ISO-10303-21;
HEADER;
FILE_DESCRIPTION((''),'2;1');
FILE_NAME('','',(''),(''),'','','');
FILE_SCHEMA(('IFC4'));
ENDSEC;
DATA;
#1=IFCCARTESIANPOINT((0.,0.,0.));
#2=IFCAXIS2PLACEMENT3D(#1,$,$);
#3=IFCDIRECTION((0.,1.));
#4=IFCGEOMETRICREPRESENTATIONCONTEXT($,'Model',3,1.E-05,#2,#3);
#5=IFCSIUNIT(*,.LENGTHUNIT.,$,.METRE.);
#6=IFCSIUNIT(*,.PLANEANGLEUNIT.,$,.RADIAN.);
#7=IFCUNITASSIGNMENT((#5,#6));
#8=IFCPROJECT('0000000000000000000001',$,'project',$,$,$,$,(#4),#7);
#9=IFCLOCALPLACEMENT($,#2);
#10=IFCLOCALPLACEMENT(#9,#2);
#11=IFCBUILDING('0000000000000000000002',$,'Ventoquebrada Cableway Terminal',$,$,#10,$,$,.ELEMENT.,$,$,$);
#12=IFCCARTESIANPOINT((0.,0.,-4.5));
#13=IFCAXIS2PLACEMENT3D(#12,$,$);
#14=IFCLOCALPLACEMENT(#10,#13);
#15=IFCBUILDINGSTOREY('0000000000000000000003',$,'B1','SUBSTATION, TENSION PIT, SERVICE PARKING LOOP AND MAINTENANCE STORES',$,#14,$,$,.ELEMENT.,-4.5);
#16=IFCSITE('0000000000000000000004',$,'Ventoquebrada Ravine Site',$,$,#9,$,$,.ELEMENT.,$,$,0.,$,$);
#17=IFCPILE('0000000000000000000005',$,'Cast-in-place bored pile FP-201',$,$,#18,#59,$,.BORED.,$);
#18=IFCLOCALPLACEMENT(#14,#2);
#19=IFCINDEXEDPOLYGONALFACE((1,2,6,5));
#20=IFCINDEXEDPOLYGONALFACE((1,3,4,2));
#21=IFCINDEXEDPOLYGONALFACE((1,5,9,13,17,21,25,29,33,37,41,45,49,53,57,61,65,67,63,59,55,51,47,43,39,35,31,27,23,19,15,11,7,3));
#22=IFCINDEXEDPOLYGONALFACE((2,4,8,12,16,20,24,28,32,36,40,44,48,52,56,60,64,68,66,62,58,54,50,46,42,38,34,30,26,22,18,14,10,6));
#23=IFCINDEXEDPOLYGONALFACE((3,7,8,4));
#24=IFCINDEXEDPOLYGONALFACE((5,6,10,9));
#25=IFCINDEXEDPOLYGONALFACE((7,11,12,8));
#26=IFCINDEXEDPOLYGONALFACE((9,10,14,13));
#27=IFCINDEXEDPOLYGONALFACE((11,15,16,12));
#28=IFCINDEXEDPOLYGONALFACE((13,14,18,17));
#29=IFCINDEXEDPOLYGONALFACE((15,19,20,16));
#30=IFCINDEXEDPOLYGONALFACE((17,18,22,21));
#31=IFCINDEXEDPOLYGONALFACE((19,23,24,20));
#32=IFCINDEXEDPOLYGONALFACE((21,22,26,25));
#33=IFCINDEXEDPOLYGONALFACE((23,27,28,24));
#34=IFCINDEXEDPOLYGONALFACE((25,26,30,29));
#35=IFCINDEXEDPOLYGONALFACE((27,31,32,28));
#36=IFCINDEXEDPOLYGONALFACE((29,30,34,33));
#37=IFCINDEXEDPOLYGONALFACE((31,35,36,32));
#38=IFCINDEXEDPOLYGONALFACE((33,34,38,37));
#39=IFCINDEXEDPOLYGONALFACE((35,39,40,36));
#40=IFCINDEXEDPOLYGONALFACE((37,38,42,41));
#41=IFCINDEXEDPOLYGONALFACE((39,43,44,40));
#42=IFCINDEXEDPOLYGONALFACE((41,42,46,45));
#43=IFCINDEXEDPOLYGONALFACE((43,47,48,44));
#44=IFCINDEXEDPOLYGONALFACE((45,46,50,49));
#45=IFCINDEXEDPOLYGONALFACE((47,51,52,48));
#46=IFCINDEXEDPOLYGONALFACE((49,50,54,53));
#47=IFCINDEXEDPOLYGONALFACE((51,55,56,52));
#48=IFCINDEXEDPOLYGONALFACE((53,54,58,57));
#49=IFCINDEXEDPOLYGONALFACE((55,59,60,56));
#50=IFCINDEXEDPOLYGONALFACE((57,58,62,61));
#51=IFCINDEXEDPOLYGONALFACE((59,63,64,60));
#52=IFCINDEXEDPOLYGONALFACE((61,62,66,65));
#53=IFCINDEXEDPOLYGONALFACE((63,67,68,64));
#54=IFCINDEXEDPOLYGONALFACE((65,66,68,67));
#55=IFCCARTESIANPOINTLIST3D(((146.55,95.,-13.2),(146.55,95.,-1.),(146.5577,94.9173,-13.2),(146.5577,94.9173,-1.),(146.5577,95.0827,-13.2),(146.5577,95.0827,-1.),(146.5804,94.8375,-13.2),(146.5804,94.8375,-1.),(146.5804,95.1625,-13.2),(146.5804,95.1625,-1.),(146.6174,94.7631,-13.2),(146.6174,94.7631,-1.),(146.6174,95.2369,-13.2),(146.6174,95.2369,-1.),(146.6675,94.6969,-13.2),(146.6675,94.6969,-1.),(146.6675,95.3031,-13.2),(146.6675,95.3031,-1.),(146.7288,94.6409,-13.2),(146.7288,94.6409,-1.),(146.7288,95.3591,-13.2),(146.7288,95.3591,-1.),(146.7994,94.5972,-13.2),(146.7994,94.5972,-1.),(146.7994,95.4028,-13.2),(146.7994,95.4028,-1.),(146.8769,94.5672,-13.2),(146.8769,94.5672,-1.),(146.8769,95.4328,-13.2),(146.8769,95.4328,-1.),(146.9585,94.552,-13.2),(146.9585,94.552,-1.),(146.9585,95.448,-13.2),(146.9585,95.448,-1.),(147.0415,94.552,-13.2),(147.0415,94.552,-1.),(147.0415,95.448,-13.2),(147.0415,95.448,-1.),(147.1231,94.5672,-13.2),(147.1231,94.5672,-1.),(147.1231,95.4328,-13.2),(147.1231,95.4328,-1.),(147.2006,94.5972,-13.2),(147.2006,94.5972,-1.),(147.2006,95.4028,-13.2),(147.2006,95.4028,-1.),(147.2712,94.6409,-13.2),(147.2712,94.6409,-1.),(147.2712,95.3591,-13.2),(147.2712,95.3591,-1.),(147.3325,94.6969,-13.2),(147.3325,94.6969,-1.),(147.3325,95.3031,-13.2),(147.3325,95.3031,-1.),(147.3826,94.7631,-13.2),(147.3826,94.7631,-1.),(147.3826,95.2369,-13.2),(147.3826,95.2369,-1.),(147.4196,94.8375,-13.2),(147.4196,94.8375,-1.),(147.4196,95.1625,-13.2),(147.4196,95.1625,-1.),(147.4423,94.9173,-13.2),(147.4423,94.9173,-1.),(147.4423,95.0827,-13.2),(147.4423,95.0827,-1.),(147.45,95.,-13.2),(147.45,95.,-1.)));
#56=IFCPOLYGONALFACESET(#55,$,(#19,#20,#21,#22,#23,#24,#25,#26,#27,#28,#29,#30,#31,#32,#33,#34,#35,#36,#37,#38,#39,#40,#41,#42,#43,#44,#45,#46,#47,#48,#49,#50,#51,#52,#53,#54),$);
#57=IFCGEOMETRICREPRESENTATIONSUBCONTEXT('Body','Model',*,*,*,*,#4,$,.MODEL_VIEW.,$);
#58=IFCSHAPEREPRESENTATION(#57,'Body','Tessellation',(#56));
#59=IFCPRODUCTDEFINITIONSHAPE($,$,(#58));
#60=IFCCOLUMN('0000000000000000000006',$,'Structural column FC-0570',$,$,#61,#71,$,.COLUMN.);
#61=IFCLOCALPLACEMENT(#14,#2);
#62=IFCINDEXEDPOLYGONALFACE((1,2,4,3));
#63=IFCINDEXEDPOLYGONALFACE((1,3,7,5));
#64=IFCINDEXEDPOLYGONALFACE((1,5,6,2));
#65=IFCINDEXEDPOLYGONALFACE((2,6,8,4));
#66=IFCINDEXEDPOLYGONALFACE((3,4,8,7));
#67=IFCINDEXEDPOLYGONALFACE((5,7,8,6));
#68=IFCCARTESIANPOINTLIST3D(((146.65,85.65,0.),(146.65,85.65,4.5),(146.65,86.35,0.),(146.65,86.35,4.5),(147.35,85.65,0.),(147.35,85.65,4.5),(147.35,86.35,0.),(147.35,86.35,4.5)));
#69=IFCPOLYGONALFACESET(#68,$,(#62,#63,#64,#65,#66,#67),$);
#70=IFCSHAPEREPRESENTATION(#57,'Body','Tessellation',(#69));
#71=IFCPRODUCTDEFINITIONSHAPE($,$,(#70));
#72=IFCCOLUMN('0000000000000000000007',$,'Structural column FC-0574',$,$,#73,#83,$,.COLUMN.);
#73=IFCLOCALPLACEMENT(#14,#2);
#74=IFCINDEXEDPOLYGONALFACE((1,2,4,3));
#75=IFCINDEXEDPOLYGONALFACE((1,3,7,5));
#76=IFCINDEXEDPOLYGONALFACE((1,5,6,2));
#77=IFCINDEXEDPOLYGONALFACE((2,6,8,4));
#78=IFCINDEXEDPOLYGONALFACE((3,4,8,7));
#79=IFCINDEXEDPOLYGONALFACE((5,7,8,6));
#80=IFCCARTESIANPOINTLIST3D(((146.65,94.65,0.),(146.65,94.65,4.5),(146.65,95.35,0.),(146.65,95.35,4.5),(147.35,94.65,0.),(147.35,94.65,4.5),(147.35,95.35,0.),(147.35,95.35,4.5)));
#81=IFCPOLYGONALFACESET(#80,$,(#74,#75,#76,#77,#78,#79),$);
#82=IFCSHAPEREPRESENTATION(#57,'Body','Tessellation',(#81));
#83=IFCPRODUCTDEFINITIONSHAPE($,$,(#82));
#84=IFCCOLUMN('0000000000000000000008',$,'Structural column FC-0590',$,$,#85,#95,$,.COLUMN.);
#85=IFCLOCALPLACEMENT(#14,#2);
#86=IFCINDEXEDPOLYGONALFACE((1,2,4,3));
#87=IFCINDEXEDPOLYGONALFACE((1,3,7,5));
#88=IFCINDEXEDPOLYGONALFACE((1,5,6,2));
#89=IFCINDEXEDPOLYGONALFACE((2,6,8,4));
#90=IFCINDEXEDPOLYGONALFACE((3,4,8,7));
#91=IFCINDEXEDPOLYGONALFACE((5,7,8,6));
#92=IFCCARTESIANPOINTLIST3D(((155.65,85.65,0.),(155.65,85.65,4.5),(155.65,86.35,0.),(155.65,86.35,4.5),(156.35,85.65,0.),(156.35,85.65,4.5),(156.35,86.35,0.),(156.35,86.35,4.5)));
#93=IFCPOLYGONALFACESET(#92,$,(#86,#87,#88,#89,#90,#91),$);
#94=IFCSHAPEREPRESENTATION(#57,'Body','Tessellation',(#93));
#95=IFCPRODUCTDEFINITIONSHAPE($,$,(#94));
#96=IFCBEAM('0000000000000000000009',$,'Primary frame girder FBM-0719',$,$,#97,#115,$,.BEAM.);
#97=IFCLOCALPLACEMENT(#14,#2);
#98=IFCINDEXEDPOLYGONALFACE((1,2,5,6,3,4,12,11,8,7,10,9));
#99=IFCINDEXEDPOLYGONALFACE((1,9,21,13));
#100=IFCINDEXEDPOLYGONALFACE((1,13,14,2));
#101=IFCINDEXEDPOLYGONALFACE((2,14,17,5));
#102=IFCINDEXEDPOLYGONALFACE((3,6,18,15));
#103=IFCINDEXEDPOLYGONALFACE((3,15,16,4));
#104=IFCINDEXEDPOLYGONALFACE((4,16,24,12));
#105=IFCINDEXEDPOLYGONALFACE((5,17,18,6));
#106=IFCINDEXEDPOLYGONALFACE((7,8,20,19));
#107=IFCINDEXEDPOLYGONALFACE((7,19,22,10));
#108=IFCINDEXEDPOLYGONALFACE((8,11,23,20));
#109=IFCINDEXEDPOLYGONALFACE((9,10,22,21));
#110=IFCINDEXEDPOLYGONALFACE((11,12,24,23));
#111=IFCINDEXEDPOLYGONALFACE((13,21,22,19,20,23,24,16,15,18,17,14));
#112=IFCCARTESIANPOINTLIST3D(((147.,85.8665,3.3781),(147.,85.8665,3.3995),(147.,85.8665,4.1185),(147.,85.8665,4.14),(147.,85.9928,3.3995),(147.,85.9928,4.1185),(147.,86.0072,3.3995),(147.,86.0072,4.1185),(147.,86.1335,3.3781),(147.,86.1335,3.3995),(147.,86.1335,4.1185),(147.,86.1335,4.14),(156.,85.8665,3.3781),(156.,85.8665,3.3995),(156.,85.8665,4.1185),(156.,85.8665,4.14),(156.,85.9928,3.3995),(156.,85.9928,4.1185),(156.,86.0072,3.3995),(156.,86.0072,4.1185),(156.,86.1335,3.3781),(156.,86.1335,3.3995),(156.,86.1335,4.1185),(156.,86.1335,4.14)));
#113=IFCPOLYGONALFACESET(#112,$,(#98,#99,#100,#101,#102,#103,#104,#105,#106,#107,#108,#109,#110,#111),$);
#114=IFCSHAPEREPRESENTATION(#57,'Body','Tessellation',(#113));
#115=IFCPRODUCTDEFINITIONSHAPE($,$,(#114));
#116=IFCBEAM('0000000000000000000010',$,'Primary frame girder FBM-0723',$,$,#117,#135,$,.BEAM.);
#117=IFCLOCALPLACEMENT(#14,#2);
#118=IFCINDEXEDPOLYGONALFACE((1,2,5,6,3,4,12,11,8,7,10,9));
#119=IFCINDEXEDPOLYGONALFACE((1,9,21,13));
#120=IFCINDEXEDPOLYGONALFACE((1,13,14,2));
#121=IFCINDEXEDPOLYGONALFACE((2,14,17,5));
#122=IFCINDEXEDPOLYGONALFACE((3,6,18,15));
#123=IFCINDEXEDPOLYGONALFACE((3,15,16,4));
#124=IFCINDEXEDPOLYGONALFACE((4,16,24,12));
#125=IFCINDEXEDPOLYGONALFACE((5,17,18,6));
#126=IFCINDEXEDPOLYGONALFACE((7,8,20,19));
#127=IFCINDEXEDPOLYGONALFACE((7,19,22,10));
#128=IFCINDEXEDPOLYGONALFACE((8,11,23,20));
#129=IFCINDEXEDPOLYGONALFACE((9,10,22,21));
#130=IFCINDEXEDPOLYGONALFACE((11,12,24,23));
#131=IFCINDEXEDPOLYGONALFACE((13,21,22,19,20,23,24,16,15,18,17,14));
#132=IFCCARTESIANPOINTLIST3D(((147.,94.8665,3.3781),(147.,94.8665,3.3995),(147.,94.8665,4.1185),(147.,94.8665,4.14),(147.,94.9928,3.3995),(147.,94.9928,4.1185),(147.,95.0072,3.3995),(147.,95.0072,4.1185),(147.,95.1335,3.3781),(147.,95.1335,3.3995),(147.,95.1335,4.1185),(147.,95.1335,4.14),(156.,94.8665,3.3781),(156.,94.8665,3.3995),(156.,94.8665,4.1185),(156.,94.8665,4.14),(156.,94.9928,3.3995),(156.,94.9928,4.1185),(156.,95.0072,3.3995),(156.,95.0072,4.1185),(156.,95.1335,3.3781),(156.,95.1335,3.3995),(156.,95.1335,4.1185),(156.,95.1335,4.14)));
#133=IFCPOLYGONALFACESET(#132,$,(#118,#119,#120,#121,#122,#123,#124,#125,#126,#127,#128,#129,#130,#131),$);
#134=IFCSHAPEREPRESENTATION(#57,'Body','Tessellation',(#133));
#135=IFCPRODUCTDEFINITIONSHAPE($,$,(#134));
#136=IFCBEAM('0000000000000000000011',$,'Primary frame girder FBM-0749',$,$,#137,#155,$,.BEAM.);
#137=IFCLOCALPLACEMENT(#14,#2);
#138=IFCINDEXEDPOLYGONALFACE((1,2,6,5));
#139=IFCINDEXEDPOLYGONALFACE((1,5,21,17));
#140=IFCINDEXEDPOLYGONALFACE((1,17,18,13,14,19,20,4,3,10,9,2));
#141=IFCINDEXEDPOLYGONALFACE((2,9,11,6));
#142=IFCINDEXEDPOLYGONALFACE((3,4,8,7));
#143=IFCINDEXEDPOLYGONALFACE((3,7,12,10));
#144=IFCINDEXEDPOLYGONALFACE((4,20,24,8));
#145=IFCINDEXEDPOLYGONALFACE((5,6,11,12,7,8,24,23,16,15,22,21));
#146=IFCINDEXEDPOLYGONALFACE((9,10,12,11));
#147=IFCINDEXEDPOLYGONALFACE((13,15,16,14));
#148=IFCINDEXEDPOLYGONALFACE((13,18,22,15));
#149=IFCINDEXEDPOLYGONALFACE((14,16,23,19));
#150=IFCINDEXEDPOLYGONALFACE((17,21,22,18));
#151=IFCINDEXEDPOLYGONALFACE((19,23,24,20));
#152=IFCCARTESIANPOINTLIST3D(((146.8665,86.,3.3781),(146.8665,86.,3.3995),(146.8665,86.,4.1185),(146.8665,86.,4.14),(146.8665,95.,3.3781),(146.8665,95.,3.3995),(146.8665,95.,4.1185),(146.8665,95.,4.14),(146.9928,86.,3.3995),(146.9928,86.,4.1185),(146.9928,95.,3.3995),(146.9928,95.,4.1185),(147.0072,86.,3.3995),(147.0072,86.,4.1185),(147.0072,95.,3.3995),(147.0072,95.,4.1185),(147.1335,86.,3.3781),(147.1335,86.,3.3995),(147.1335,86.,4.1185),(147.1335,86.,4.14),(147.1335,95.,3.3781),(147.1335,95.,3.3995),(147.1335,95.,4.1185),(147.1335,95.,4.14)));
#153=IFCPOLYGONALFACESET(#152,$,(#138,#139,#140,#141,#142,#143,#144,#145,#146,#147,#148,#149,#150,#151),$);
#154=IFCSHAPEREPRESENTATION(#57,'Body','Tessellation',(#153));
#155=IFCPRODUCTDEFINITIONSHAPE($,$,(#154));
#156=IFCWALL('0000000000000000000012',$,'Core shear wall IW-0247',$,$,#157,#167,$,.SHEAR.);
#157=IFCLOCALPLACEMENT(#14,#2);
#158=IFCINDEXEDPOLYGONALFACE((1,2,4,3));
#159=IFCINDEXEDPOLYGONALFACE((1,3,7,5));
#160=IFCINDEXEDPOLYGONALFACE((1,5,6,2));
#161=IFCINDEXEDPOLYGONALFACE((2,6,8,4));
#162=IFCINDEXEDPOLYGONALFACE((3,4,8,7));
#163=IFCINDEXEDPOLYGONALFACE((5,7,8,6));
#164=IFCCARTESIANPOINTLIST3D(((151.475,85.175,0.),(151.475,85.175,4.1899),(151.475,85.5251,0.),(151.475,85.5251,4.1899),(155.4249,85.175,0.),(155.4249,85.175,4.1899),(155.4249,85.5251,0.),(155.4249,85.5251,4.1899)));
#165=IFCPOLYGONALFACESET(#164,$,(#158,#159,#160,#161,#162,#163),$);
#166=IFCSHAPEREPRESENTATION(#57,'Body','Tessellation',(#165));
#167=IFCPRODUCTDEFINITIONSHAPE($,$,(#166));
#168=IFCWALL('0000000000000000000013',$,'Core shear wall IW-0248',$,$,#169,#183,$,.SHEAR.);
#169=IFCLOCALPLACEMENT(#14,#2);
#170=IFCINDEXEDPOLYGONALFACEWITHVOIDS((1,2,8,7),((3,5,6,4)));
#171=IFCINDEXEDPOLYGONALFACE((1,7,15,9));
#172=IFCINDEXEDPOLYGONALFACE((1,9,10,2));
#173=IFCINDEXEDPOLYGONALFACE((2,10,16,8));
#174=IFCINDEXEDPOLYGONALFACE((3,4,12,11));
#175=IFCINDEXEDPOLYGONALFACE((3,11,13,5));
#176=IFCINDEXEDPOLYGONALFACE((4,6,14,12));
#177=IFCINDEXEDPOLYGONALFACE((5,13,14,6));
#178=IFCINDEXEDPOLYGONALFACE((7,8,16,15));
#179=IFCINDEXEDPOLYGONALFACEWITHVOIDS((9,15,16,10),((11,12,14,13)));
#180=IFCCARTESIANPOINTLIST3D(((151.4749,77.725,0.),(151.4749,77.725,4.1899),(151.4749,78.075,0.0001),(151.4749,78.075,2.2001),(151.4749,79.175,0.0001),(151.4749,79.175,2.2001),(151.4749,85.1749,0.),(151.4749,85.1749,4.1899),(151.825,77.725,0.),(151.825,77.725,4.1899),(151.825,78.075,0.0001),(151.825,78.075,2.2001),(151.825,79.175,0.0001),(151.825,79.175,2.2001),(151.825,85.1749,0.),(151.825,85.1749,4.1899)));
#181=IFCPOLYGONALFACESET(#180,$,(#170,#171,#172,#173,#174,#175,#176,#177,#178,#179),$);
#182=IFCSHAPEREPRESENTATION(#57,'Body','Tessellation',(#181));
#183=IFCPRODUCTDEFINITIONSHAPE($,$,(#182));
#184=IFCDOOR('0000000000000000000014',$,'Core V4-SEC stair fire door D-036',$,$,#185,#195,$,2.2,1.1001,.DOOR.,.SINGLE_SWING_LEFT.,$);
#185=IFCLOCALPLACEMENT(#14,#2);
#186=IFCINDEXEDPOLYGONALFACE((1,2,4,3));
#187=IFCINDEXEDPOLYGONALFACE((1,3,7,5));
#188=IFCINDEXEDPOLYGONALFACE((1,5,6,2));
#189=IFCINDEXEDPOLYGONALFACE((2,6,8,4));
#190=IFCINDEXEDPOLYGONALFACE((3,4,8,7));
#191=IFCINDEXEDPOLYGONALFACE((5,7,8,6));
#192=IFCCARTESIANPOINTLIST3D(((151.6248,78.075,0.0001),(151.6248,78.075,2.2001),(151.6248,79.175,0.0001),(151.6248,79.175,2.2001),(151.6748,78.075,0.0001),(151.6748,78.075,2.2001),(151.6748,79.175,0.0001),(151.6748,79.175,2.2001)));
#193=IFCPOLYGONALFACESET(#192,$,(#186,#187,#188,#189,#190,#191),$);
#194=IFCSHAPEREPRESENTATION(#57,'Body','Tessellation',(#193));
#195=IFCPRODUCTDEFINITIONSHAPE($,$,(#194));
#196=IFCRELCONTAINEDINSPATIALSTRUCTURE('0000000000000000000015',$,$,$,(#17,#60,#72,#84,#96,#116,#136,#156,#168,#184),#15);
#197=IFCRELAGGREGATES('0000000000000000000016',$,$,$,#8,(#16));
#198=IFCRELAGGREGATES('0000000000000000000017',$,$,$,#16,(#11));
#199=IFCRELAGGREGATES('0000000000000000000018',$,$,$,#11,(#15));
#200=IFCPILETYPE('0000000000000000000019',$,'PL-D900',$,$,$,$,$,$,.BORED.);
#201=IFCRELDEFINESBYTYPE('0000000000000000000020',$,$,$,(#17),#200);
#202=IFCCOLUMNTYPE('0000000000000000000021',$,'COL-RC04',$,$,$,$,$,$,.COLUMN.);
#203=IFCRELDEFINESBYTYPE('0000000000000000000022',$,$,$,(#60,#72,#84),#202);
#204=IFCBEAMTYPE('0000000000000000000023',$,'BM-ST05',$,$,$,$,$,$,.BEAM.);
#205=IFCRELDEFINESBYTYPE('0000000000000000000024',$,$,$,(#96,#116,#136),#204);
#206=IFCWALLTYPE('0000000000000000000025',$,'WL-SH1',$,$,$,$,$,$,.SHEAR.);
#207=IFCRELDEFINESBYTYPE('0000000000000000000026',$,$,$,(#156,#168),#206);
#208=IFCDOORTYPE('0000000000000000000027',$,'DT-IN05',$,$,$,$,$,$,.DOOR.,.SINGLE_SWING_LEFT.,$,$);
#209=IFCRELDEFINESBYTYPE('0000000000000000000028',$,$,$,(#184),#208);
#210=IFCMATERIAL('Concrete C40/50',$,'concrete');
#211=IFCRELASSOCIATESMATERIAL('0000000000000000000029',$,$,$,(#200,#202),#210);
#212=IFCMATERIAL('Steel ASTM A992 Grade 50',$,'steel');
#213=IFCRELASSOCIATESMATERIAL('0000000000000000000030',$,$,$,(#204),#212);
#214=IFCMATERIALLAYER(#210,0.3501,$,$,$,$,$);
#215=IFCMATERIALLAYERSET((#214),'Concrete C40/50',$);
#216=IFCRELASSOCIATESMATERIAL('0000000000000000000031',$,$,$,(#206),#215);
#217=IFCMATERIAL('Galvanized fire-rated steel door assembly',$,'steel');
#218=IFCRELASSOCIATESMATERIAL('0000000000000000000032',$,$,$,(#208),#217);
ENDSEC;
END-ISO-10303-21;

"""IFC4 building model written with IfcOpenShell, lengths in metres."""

from ifc_helpers import new_model, si_unit, direction, frame, frame_2d, origin, origin_2d, place, context, subcontext, project, spatial, rectangle, circle, i_section, extrude, material, layer, layer_set, material_profile, profile_set, type_object, element, fill, save


model = new_model("IFC4")

# Units and contexts
model_context = context("Model", 3, precision=1e-05, world=origin(), true_north=direction((0.0, 1.0)))
body_context = subcontext(model_context, "Body", "Model", "MODEL_VIEW")
ifc_project = project(units=[si_unit("LENGTHUNIT", "METRE"), si_unit("PLANEANGLEUNIT", "RADIAN")], contexts=[model_context])

# Site, building, storey
site_placement = place(None, origin())
site = spatial("IfcSite", under=ifc_project, at=site_placement, Name="Ventoquebrada Ravine Site", CompositionType="ELEMENT", RefElevation=0.0)
building_placement = place(site_placement, origin())
building = spatial("IfcBuilding", under=site, at=building_placement, Name="Ventoquebrada Cableway Terminal", CompositionType="ELEMENT")
storey_placement = place(building_placement, frame((0.0, 0.0, -4.5)))
storey = spatial("IfcBuildingStorey", under=building, at=storey_placement, Name="B1", Description="SUBSTATION, TENSION PIT, SERVICE PARKING LOOP AND MAINTENANCE STORES", CompositionType="ELEMENT", Elevation=-4.5)

# Shared definitions
ifc_material_1 = material(Name="Concrete C40/50", Category="concrete")

# Pile
ifc_material_profile_1 = material_profile(ifc_material_1, circle(Radius=0.45, at=origin_2d()), Name="PILE-D900")
ifc_profile_set_1 = profile_set([ifc_material_profile_1], Name="Concrete C40/50")
pile_type = type_object("IfcPileType", Name="PL-D900", PredefinedType="BORED", material=ifc_profile_set_1)
pile_1_placement = place(storey_placement, frame((147.0, 95.0, -1.0), z_axis=(0.0, 0.0, -1.0), x_axis=(1.0, 0.0, 0.0)))
element("IfcPile", 1, at=pile_1_placement, inside=storey, type_object=pile_type, Name="Cast-in-place bored pile FP-201", PredefinedType="BORED", context=body_context, shape_type="SweptSolid", body=[
    extrude(circle(Radius=0.45, at=origin_2d()), origin(), (0.0, 0.0, 1.0), 12.2),
])

# Columns
ifc_material_profile_2 = material_profile(ifc_material_1, rectangle(XDim=0.7, YDim=0.7, at=origin_2d()), Name="RC-COL-700X700")
ifc_profile_set_2 = profile_set([ifc_material_profile_2], Name="Concrete C40/50")
column_type = type_object("IfcColumnType", Name="COL-RC04", PredefinedType="COLUMN", material=ifc_profile_set_2)
for number, where, z_axis, x_axis, name in (
    (2, (147.0, 86.0, 0.0), (0.0, 0.0, 1.0), (1.0, 0.0, 0.0), "Structural column FC-0570"),
    (3, (147.0, 95.0, 0.0), (0.0, 0.0, 1.0), (1.0, 0.0, 0.0), "Structural column FC-0574"),
    (4, (156.0, 86.0, 0.0), (0.0, 0.0, 1.0), (1.0, 0.0, 0.0), "Structural column FC-0590"),
):
    element("IfcColumn", number, at=place(storey_placement, frame(where, z_axis=z_axis, x_axis=x_axis)), inside=storey, type_object=column_type, Name=name, PredefinedType="COLUMN", context=body_context, shape_type="SweptSolid", body=[
        extrude(rectangle(XDim=0.7, YDim=0.7, at=origin_2d()), origin(), (0.0, 0.0, 1.0), 4.5),
    ])

# Beams
ifc_material_2 = material(Name="Steel ASTM A992 Grade 50", Category="steel")
ifc_material_profile_3 = material_profile(ifc_material_2, i_section(OverallWidth=0.2671, OverallDepth=0.762, WebThickness=0.0144, FlangeThickness=0.0215, at=origin_2d()), Name="W30X116")
ifc_profile_set_3 = profile_set([ifc_material_profile_3], Name="Steel ASTM A992 Grade 50")
beam_type = type_object("IfcBeamType", Name="BM-ST05", PredefinedType="BEAM", material=ifc_profile_set_3)
for number, where, z_axis, x_axis, name in (
    (5, (147.0, 86.0, 3.759), (1.0, 0.0, 0.0), (0.0, 1.0, 0.0), "Primary frame girder FBM-0719"),
    (6, (147.0, 95.0, 3.759), (1.0, 0.0, 0.0), (0.0, 1.0, 0.0), "Primary frame girder FBM-0723"),
    (7, (147.0, 86.0, 3.759), (0.0, 1.0, 0.0), (-1.0, 0.0, 0.0), "Primary frame girder FBM-0749"),
):
    element("IfcBeam", number, at=place(storey_placement, frame(where, z_axis=z_axis, x_axis=x_axis)), inside=storey, type_object=beam_type, Name=name, PredefinedType="BEAM", context=body_context, shape_type="SweptSolid", body=[
        extrude(i_section(OverallWidth=0.2671, OverallDepth=0.762, WebThickness=0.0144, FlangeThickness=0.0215, at=origin_2d()), origin(), (0.0, 0.0, 1.0), 9.0),
    ])

# Wall
ifc_layer = layer(ifc_material_1, 0.3501)
ifc_layer_set = layer_set([ifc_layer], Name="Concrete C40/50")
wall_type = type_object("IfcWallType", Name="WL-SH1", PredefinedType="SHEAR", material=ifc_layer_set)
wall_1_placement = place(storey_placement, frame((155.425, 85.3501, 0.0), z_axis=(0.0, 0.0, 1.0), x_axis=(-1.0, 0.0, 0.0)))
element("IfcWall", 8, at=wall_1_placement, inside=storey, type_object=wall_type, Name="Core shear wall IW-0247", PredefinedType="SHEAR", context=body_context, shape_type="SweptSolid", body=[
    extrude(rectangle(XDim=3.95, YDim=0.3501, at=frame_2d((1.9751, 0.0))), origin(), (0.0, 0.0, 1.0), 4.1899),
])

# Wall, opening, door
wall_2_placement = place(storey_placement, frame((151.6499, 85.175, 0.0), z_axis=(0.0, 0.0, 1.0), x_axis=(0.0, -1.0, 0.0)))
wall_2 = element("IfcWall", 9, at=wall_2_placement, inside=storey, type_object=wall_type, Name="Core shear wall IW-0248", PredefinedType="SHEAR", context=body_context, shape_type="SweptSolid", body=[
    extrude(rectangle(XDim=7.45, YDim=0.3501, at=frame_2d((3.7251, 0.0))), origin(), (0.0, 0.0, 1.0), 4.1899),
])
opening_placement = place(wall_2_placement, frame((6.0, 0.0, 0.0)))
opening = element("IfcOpeningElement", 10, at=opening_placement, cuts=wall_2, PredefinedType="OPENING", context=body_context, shape_type="SweptSolid", body=[
    extrude(rectangle(XDim=1.1001, YDim=2.2, at=frame_2d((0.55, 1.1001))), frame((0.0, 0.1851, 0.0), z_axis=(0.0, -1.0, 0.0), x_axis=(1.0, 0.0, 0.0)), (0.0, 0.0, 1.0), 0.3701),
])
ifc_material_3 = material(Name="Galvanized fire-rated steel door assembly", Category="steel")
door_type = type_object("IfcDoorType", Name="DT-IN05", OperationType="SINGLE_SWING_LEFT", PredefinedType="DOOR", material=ifc_material_3)
door_placement = place(opening_placement, origin())
door = element("IfcDoor", 11, at=door_placement, inside=storey, type_object=door_type, Name="Core V4-SEC stair fire door D-036", OperationType="SINGLE_SWING_LEFT", OverallHeight=2.2, OverallWidth=1.1001, PredefinedType="DOOR", context=body_context, shape_type="SweptSolid", body=[
    extrude(rectangle(XDim=1.1001, YDim=2.2, at=frame_2d((0.55, 1.1001))), frame((0.0, 0.0249, 0.0), z_axis=(0.0, -1.0, 0.0), x_axis=(1.0, 0.0, 0.0)), (0.0, 0.0, 1.0), 0.05),
])
fill(opening, door)

save(model, "model.ifc")
